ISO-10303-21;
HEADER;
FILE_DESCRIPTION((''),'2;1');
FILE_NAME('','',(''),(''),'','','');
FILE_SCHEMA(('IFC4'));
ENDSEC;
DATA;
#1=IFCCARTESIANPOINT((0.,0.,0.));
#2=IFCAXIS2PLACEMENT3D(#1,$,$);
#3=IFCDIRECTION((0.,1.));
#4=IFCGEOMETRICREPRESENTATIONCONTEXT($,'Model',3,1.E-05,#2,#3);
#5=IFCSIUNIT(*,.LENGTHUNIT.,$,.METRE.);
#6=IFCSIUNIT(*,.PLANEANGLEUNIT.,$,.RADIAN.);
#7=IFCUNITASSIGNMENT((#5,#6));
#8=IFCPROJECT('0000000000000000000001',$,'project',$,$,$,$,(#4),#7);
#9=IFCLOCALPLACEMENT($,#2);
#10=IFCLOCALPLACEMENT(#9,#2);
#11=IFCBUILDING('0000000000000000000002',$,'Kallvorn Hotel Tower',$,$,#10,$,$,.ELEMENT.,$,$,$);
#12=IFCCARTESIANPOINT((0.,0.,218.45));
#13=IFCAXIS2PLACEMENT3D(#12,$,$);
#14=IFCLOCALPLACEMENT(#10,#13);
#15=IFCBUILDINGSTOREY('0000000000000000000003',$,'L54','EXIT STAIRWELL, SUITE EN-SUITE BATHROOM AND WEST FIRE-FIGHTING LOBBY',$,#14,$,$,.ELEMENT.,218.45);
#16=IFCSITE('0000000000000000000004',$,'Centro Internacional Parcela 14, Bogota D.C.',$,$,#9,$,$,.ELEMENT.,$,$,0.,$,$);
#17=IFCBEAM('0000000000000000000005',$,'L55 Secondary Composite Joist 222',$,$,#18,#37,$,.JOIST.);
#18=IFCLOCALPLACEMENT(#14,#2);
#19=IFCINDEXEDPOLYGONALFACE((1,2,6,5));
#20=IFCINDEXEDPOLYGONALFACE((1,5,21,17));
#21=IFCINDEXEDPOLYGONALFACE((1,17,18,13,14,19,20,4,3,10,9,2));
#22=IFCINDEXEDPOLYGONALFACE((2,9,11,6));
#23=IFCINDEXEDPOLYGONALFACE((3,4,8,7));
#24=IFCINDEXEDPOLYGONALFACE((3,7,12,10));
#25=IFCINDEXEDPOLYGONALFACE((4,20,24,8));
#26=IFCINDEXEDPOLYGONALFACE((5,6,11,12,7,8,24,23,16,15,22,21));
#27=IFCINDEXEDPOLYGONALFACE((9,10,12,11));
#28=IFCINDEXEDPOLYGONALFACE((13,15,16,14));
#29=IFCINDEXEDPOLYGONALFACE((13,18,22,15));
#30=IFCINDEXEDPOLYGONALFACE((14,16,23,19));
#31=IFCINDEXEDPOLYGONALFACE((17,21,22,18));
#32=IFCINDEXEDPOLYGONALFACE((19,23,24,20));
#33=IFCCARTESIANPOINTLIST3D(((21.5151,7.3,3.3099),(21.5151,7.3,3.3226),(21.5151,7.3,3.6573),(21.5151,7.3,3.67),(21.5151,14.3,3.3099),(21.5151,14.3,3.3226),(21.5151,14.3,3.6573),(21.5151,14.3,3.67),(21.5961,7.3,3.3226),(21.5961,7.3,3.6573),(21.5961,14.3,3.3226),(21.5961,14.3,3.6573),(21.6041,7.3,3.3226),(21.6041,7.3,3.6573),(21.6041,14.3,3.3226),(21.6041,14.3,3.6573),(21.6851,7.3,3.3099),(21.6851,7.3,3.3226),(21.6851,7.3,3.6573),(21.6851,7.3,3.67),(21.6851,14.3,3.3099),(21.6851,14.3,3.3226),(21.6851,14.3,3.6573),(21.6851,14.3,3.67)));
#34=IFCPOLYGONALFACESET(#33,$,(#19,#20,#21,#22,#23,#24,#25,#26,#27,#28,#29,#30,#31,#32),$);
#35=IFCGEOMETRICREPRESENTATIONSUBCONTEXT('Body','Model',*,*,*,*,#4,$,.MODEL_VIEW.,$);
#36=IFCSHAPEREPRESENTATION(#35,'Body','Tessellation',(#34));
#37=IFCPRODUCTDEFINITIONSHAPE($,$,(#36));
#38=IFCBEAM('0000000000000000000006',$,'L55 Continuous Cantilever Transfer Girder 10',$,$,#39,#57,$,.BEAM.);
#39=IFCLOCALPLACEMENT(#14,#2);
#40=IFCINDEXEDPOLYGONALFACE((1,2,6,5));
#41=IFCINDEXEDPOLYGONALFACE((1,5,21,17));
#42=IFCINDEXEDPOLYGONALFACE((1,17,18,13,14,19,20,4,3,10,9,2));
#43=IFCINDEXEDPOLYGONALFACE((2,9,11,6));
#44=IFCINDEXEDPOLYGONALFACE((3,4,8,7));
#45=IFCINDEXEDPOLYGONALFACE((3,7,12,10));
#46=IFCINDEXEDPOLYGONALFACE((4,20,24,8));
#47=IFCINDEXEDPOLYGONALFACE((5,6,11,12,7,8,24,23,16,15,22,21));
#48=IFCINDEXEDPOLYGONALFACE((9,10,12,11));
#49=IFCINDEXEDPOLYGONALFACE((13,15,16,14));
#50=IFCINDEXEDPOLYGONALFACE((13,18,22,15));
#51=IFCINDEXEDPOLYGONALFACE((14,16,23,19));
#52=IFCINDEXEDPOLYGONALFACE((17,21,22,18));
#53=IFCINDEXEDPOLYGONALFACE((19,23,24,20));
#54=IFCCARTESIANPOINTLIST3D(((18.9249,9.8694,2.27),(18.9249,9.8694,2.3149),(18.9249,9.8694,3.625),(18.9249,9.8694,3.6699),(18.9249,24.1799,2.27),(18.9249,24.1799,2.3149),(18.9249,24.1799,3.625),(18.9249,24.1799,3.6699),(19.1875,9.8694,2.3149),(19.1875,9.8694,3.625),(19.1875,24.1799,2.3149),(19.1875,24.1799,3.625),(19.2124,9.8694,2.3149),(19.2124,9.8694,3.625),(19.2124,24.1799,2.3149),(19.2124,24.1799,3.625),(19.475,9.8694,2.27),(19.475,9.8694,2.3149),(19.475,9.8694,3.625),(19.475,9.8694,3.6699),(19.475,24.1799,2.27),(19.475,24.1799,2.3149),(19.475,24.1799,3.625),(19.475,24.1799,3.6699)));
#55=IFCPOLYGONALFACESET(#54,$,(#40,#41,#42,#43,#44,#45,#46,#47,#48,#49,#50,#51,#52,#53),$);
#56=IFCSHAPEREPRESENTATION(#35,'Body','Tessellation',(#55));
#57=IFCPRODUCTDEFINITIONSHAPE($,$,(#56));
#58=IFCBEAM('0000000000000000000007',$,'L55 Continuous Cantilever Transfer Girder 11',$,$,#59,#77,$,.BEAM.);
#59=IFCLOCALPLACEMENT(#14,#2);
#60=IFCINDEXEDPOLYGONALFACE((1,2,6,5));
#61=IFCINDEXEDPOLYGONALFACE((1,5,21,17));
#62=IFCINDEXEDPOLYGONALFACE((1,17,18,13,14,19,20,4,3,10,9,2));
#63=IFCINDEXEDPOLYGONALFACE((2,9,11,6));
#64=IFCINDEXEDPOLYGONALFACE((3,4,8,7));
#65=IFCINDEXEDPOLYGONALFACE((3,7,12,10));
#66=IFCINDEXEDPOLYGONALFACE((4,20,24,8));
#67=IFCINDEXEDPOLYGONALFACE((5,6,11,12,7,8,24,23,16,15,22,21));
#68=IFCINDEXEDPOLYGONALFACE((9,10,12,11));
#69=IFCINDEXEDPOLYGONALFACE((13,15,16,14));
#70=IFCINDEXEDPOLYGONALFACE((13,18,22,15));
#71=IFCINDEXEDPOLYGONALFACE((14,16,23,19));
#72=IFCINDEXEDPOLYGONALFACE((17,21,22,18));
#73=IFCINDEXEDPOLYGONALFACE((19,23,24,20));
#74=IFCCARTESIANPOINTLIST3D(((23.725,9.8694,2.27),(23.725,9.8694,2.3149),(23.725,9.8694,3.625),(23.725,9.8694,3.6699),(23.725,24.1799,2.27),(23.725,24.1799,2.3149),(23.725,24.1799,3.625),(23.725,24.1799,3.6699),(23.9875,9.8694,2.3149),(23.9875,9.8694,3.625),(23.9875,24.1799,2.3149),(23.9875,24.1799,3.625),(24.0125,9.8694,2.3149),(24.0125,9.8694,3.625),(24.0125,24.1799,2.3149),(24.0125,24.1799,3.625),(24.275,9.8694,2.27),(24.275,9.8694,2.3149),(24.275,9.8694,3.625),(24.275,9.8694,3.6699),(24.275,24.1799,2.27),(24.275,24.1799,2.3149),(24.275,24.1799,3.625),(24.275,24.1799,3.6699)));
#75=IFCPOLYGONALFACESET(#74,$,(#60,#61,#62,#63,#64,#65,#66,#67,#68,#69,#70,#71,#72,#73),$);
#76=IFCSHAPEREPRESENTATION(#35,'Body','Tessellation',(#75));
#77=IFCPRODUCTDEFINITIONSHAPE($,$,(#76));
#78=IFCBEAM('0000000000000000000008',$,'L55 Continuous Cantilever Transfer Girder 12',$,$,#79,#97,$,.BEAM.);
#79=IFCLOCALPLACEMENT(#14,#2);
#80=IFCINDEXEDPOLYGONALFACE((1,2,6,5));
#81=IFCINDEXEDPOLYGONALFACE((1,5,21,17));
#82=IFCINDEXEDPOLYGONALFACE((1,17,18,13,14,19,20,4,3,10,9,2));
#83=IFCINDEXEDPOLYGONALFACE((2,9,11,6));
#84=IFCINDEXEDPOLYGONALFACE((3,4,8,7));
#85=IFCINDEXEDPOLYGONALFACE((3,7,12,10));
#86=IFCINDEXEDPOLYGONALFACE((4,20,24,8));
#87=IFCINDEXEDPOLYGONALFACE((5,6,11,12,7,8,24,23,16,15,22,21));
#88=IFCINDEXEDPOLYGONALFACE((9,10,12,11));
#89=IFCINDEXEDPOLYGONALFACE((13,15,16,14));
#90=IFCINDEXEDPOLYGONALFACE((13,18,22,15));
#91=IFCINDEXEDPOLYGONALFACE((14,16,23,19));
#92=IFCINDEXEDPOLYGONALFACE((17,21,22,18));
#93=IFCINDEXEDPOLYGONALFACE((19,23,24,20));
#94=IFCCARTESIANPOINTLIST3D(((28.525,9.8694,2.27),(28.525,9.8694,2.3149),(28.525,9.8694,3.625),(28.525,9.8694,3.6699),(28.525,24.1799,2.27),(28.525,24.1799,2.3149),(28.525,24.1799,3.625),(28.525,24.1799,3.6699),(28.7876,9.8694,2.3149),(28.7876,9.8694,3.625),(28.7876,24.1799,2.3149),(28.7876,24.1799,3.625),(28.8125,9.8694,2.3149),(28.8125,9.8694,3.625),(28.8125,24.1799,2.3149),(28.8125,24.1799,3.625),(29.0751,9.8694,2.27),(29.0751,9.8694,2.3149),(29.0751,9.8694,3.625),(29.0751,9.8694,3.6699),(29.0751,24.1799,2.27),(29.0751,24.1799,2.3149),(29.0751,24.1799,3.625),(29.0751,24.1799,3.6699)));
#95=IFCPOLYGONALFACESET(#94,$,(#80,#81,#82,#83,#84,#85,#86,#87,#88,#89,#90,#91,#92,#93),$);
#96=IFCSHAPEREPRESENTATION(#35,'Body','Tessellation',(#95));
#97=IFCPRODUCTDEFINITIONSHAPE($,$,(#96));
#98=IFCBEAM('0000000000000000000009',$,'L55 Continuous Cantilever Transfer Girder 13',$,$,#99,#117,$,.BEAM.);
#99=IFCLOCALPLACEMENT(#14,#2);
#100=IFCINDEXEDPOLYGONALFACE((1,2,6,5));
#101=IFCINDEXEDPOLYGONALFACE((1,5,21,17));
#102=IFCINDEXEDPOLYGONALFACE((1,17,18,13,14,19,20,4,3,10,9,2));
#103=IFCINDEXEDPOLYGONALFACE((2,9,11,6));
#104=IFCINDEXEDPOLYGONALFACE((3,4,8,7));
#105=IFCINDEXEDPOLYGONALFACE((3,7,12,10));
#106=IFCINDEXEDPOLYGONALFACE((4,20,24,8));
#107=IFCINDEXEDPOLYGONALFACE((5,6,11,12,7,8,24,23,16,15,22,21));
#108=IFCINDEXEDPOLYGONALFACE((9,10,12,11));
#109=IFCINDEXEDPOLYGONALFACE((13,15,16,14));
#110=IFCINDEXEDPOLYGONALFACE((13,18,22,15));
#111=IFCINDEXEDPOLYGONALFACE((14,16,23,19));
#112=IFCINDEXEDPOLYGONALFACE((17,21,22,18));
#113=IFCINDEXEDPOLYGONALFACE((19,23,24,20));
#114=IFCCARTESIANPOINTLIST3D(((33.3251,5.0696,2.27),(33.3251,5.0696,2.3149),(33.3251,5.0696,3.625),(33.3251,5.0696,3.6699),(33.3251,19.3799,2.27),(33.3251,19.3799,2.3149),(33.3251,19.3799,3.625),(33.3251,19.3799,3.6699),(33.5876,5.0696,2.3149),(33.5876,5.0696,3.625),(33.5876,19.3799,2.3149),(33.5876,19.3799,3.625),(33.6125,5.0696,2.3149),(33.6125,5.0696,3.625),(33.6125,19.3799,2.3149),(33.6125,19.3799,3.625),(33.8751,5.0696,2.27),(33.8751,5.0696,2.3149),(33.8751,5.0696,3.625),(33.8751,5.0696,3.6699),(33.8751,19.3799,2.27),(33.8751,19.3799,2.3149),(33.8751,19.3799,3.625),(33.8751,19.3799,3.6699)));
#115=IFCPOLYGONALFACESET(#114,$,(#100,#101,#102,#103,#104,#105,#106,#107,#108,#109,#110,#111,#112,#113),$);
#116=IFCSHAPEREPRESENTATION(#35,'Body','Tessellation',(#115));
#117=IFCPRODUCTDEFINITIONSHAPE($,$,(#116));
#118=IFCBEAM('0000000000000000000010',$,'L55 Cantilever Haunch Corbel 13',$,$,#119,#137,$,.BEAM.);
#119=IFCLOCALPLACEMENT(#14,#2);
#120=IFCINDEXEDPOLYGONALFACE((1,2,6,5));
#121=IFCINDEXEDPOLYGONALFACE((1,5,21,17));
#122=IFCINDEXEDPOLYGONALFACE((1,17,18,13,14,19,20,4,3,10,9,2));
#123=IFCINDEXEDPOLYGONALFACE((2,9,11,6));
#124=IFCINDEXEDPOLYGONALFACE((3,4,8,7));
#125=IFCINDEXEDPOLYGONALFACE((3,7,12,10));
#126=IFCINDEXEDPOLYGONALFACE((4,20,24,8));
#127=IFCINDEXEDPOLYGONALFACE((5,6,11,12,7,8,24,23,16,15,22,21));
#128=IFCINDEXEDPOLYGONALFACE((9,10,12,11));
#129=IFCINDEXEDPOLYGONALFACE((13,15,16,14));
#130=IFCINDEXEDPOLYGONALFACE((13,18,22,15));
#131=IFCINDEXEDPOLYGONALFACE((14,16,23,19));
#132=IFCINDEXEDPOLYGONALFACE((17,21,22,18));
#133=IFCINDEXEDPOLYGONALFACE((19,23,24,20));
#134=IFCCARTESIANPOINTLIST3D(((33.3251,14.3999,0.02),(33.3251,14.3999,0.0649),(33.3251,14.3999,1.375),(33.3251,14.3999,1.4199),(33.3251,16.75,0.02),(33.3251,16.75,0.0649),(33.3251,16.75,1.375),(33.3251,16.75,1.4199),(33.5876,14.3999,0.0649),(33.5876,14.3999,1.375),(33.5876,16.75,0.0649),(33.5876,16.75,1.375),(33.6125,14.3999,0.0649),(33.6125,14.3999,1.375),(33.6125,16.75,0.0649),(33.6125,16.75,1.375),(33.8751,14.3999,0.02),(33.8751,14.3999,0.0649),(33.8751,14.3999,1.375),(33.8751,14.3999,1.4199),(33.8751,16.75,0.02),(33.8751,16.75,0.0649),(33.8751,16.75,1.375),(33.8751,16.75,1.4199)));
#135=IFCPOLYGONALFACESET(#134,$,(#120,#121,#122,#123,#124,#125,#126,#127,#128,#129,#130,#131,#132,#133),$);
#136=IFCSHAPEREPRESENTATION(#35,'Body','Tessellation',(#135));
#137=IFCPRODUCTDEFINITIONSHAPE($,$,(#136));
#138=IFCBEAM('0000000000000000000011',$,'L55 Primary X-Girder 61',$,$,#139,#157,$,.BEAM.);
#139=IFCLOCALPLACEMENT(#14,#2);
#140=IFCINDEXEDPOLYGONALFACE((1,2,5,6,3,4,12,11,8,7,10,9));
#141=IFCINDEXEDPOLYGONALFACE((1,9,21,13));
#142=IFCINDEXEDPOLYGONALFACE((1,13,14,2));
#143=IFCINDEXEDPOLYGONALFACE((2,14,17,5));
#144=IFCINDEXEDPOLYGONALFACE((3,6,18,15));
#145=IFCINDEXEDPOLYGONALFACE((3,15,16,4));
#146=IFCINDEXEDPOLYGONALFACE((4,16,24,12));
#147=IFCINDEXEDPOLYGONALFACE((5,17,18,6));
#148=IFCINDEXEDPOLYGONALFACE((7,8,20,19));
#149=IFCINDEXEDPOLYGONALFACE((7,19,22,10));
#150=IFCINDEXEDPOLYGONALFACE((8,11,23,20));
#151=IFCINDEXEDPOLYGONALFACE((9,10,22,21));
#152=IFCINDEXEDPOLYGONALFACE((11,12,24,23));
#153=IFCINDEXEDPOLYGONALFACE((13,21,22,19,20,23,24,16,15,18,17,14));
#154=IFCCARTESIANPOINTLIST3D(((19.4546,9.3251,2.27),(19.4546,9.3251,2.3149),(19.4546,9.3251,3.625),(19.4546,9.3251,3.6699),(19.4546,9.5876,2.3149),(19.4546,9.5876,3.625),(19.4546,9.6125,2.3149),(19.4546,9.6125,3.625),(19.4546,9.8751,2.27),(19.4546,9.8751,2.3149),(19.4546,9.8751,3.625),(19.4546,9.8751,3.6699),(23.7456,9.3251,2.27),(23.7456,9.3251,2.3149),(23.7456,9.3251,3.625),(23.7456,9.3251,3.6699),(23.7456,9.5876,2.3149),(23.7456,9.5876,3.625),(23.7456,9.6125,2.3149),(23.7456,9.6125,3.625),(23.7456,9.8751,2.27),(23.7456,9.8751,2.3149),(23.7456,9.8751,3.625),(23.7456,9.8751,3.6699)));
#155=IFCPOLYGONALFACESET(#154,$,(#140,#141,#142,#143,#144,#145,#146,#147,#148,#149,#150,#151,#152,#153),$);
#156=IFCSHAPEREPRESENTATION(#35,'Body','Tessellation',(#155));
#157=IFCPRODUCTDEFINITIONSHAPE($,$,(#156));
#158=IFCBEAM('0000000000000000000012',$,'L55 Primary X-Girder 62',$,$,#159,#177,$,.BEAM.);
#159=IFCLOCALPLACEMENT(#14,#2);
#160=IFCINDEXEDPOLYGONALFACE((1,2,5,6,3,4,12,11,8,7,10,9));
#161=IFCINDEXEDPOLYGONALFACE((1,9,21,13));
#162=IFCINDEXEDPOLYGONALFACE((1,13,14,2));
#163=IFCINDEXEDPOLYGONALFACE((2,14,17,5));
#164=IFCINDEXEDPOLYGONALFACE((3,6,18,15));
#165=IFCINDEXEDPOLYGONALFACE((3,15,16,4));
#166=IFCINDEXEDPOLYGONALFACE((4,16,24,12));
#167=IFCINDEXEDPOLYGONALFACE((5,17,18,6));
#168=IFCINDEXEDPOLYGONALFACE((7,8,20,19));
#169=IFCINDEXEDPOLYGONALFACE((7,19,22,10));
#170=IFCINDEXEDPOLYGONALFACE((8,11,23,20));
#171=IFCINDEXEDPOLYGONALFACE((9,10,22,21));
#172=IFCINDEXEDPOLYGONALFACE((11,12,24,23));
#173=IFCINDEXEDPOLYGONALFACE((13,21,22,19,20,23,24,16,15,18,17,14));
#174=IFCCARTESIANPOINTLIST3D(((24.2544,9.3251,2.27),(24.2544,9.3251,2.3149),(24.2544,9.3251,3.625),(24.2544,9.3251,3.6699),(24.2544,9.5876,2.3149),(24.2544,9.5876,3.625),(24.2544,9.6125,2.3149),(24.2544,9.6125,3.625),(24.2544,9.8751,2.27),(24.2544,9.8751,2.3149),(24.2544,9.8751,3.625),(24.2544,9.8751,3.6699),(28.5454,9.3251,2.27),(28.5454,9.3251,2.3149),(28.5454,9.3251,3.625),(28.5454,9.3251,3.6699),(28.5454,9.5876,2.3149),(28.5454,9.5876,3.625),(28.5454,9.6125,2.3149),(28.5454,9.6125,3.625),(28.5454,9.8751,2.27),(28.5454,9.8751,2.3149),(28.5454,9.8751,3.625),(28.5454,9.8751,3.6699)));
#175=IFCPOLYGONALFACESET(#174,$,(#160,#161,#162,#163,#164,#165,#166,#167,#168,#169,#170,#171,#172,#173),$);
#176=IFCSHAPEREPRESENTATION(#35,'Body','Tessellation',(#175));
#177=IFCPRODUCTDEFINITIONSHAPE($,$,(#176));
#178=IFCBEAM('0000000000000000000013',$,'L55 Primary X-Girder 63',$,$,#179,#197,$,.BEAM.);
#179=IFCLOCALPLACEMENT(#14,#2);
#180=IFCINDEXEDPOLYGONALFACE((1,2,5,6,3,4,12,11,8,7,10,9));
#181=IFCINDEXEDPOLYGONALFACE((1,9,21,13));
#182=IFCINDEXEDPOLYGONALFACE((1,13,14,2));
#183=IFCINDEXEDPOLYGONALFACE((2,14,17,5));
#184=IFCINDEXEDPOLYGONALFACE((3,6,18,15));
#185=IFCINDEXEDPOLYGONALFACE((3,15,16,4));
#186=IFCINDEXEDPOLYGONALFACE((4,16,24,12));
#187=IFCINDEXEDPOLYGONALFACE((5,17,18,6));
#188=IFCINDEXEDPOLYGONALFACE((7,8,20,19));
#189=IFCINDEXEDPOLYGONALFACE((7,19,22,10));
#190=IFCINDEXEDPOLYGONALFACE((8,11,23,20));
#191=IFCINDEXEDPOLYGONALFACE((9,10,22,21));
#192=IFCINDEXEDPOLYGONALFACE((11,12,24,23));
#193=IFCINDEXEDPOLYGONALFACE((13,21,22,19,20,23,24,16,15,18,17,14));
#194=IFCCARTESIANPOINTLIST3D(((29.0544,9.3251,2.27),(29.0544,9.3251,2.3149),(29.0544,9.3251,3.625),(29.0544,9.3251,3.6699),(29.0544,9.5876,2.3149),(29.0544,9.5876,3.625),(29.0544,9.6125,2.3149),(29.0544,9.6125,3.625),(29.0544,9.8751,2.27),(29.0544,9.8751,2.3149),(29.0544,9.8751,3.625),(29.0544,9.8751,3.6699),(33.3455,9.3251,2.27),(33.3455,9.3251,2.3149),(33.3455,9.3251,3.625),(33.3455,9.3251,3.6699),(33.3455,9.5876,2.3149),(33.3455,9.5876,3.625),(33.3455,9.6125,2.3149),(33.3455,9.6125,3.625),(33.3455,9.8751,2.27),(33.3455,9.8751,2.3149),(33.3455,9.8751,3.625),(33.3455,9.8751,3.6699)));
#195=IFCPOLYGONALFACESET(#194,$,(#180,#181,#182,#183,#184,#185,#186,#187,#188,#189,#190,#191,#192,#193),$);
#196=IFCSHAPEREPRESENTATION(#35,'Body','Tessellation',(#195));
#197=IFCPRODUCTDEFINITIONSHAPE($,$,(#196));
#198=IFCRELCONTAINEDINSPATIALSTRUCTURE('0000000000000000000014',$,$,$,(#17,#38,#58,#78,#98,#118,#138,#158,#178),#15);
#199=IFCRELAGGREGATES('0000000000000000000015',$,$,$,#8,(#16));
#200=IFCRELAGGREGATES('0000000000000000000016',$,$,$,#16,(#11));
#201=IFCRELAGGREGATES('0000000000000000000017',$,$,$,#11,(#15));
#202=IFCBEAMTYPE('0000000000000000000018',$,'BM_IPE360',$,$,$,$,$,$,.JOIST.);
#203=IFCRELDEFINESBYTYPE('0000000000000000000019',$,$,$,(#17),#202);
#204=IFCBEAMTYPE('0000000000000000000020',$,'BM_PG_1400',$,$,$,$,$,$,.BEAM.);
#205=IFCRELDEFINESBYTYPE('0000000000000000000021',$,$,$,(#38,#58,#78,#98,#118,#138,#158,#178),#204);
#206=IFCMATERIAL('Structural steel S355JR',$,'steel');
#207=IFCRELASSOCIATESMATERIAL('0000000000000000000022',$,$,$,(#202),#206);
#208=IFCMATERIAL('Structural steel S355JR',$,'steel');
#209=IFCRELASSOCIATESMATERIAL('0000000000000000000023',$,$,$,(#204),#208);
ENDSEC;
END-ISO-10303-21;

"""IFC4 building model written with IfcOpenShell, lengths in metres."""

from ifc_helpers import new_model, si_unit, direction, frame, origin, origin_2d, place, context, subcontext, project, spatial, i_section, extrude, material, material_profile, profile_set, type_object, element, save


model = new_model("IFC4")

# Units and contexts
model_context = context("Model", 3, precision=1e-05, world=origin(), true_north=direction((0.0, 1.0)))
body_context = subcontext(model_context, "Body", "Model", "MODEL_VIEW")
ifc_project = project(units=[si_unit("LENGTHUNIT", "METRE"), si_unit("PLANEANGLEUNIT", "RADIAN")], contexts=[model_context])

# Site, building, storey
site_placement = place(None, origin())
site = spatial("IfcSite", under=ifc_project, at=site_placement, Name="Centro Internacional Parcela 14, Bogota D.C.", CompositionType="ELEMENT", RefElevation=0.0)
building_placement = place(site_placement, origin())
building = spatial("IfcBuilding", under=site, at=building_placement, Name="Kallvorn Hotel Tower", CompositionType="ELEMENT")
storey_placement = place(building_placement, frame((0.0, 0.0, 218.45)))
storey = spatial("IfcBuildingStorey", under=building, at=storey_placement, Name="L54", Description="EXIT STAIRWELL, SUITE EN-SUITE BATHROOM AND WEST FIRE-FIGHTING LOBBY", CompositionType="ELEMENT", Elevation=218.45)

# Beams
ifc_material_1 = material(Name="Structural steel S355JR", Category="steel")
ifc_material_profile_1 = material_profile(ifc_material_1, i_section(OverallWidth=0.1699, OverallDepth=0.3601, WebThickness=0.0081, FlangeThickness=0.0127, at=origin_2d()), Name="IPE 360")
ifc_profile_set_1 = profile_set([ifc_material_profile_1], Name="Structural steel S355JR")
beam_type_1 = type_object("IfcBeamType", Name="BM_IPE360", PredefinedType="JOIST", material=ifc_profile_set_1)
beam_1_placement = place(storey_placement, frame((21.6001, 7.3, 3.49), z_axis=(0.0, 1.0, 0.0), x_axis=(-1.0, 0.0, 0.0)))
element("IfcBeam", 1, at=beam_1_placement, inside=storey, type_object=beam_type_1, Name="L55 Secondary Composite Joist 222", PredefinedType="JOIST", context=body_context, shape_type="SweptSolid", body=[
    extrude(i_section(OverallWidth=0.1699, OverallDepth=0.3601, WebThickness=0.0081, FlangeThickness=0.0127, at=origin_2d()), origin(), (0.0, 0.0, 1.0), 7.0),
])
ifc_material_2 = material(Name="Structural steel S355JR", Category="steel")
ifc_material_profile_2 = material_profile(ifc_material_2, i_section(OverallWidth=0.55, OverallDepth=1.3999, WebThickness=0.0249, FlangeThickness=0.0449, at=origin_2d()), Name="PG 1400x550x25x45")
ifc_profile_set_2 = profile_set([ifc_material_profile_2], Name="Structural steel S355JR")
beam_type_2 = type_object("IfcBeamType", Name="BM_PG_1400", PredefinedType="BEAM", material=ifc_profile_set_2)
for number, where, z_axis, x_axis, name in (
    (2, (19.2, 9.8694, 2.97), (0.0, 1.0, 0.0), (-1.0, 0.0, 0.0), "L55 Continuous Cantilever Transfer Girder 10"),
    (3, (24.0, 9.8694, 2.97), (0.0, 1.0, 0.0), (-1.0, 0.0, 0.0), "L55 Continuous Cantilever Transfer Girder 11"),
    (4, (28.8, 9.8694, 2.97), (0.0, 1.0, 0.0), (-1.0, 0.0, 0.0), "L55 Continuous Cantilever Transfer Girder 12"),
):
    element("IfcBeam", number, at=place(storey_placement, frame(where, z_axis=z_axis, x_axis=x_axis)), inside=storey, type_object=beam_type_2, Name=name, PredefinedType="BEAM", context=body_context, shape_type="SweptSolid", body=[
        extrude(i_section(OverallWidth=0.55, OverallDepth=1.3999, WebThickness=0.0249, FlangeThickness=0.0449, at=origin_2d()), origin(), (0.0, 0.0, 1.0), 14.3105),
    ])
beam_2_placement = place(storey_placement, frame((33.6001, 5.0696, 2.97), z_axis=(0.0, 1.0, 0.0), x_axis=(-1.0, 0.0, 0.0)))
element("IfcBeam", 5, at=beam_2_placement, inside=storey, type_object=beam_type_2, Name="L55 Continuous Cantilever Transfer Girder 13", PredefinedType="BEAM", context=body_context, shape_type="SweptSolid", body=[
    extrude(i_section(OverallWidth=0.55, OverallDepth=1.3999, WebThickness=0.0249, FlangeThickness=0.0449, at=origin_2d()), origin(), (0.0, 0.0, 1.0), 14.3103),
])
beam_3_placement = place(storey_placement, frame((33.6001, 14.3999, 0.72), z_axis=(0.0, 1.0, 0.0), x_axis=(-1.0, 0.0, 0.0)))
element("IfcBeam", 6, at=beam_3_placement, inside=storey, type_object=beam_type_2, Name="L55 Cantilever Haunch Corbel 13", PredefinedType="BEAM", context=body_context, shape_type="SweptSolid", body=[
    extrude(i_section(OverallWidth=0.55, OverallDepth=1.3999, WebThickness=0.0249, FlangeThickness=0.0449, at=origin_2d()), origin(), (0.0, 0.0, 1.0), 2.3501),
])
for number, where, z_axis, x_axis, name in (
    (7, (19.4546, 9.6001, 2.97), (1.0, 0.0, 0.0), (0.0, 1.0, 0.0), "L55 Primary X-Girder 61"),
    (8, (24.2544, 9.6001, 2.97), (1.0, 0.0, 0.0), (0.0, 1.0, 0.0), "L55 Primary X-Girder 62"),
    (9, (29.0544, 9.6001, 2.97), (1.0, 0.0, 0.0), (0.0, 1.0, 0.0), "L55 Primary X-Girder 63"),
):
    element("IfcBeam", number, at=place(storey_placement, frame(where, z_axis=z_axis, x_axis=x_axis)), inside=storey, type_object=beam_type_2, Name=name, PredefinedType="BEAM", context=body_context, shape_type="SweptSolid", body=[
        extrude(i_section(OverallWidth=0.55, OverallDepth=1.3999, WebThickness=0.0249, FlangeThickness=0.0449, at=origin_2d()), origin(), (0.0, 0.0, 1.0), 4.291),
    ])

save(model, "model.ifc")
